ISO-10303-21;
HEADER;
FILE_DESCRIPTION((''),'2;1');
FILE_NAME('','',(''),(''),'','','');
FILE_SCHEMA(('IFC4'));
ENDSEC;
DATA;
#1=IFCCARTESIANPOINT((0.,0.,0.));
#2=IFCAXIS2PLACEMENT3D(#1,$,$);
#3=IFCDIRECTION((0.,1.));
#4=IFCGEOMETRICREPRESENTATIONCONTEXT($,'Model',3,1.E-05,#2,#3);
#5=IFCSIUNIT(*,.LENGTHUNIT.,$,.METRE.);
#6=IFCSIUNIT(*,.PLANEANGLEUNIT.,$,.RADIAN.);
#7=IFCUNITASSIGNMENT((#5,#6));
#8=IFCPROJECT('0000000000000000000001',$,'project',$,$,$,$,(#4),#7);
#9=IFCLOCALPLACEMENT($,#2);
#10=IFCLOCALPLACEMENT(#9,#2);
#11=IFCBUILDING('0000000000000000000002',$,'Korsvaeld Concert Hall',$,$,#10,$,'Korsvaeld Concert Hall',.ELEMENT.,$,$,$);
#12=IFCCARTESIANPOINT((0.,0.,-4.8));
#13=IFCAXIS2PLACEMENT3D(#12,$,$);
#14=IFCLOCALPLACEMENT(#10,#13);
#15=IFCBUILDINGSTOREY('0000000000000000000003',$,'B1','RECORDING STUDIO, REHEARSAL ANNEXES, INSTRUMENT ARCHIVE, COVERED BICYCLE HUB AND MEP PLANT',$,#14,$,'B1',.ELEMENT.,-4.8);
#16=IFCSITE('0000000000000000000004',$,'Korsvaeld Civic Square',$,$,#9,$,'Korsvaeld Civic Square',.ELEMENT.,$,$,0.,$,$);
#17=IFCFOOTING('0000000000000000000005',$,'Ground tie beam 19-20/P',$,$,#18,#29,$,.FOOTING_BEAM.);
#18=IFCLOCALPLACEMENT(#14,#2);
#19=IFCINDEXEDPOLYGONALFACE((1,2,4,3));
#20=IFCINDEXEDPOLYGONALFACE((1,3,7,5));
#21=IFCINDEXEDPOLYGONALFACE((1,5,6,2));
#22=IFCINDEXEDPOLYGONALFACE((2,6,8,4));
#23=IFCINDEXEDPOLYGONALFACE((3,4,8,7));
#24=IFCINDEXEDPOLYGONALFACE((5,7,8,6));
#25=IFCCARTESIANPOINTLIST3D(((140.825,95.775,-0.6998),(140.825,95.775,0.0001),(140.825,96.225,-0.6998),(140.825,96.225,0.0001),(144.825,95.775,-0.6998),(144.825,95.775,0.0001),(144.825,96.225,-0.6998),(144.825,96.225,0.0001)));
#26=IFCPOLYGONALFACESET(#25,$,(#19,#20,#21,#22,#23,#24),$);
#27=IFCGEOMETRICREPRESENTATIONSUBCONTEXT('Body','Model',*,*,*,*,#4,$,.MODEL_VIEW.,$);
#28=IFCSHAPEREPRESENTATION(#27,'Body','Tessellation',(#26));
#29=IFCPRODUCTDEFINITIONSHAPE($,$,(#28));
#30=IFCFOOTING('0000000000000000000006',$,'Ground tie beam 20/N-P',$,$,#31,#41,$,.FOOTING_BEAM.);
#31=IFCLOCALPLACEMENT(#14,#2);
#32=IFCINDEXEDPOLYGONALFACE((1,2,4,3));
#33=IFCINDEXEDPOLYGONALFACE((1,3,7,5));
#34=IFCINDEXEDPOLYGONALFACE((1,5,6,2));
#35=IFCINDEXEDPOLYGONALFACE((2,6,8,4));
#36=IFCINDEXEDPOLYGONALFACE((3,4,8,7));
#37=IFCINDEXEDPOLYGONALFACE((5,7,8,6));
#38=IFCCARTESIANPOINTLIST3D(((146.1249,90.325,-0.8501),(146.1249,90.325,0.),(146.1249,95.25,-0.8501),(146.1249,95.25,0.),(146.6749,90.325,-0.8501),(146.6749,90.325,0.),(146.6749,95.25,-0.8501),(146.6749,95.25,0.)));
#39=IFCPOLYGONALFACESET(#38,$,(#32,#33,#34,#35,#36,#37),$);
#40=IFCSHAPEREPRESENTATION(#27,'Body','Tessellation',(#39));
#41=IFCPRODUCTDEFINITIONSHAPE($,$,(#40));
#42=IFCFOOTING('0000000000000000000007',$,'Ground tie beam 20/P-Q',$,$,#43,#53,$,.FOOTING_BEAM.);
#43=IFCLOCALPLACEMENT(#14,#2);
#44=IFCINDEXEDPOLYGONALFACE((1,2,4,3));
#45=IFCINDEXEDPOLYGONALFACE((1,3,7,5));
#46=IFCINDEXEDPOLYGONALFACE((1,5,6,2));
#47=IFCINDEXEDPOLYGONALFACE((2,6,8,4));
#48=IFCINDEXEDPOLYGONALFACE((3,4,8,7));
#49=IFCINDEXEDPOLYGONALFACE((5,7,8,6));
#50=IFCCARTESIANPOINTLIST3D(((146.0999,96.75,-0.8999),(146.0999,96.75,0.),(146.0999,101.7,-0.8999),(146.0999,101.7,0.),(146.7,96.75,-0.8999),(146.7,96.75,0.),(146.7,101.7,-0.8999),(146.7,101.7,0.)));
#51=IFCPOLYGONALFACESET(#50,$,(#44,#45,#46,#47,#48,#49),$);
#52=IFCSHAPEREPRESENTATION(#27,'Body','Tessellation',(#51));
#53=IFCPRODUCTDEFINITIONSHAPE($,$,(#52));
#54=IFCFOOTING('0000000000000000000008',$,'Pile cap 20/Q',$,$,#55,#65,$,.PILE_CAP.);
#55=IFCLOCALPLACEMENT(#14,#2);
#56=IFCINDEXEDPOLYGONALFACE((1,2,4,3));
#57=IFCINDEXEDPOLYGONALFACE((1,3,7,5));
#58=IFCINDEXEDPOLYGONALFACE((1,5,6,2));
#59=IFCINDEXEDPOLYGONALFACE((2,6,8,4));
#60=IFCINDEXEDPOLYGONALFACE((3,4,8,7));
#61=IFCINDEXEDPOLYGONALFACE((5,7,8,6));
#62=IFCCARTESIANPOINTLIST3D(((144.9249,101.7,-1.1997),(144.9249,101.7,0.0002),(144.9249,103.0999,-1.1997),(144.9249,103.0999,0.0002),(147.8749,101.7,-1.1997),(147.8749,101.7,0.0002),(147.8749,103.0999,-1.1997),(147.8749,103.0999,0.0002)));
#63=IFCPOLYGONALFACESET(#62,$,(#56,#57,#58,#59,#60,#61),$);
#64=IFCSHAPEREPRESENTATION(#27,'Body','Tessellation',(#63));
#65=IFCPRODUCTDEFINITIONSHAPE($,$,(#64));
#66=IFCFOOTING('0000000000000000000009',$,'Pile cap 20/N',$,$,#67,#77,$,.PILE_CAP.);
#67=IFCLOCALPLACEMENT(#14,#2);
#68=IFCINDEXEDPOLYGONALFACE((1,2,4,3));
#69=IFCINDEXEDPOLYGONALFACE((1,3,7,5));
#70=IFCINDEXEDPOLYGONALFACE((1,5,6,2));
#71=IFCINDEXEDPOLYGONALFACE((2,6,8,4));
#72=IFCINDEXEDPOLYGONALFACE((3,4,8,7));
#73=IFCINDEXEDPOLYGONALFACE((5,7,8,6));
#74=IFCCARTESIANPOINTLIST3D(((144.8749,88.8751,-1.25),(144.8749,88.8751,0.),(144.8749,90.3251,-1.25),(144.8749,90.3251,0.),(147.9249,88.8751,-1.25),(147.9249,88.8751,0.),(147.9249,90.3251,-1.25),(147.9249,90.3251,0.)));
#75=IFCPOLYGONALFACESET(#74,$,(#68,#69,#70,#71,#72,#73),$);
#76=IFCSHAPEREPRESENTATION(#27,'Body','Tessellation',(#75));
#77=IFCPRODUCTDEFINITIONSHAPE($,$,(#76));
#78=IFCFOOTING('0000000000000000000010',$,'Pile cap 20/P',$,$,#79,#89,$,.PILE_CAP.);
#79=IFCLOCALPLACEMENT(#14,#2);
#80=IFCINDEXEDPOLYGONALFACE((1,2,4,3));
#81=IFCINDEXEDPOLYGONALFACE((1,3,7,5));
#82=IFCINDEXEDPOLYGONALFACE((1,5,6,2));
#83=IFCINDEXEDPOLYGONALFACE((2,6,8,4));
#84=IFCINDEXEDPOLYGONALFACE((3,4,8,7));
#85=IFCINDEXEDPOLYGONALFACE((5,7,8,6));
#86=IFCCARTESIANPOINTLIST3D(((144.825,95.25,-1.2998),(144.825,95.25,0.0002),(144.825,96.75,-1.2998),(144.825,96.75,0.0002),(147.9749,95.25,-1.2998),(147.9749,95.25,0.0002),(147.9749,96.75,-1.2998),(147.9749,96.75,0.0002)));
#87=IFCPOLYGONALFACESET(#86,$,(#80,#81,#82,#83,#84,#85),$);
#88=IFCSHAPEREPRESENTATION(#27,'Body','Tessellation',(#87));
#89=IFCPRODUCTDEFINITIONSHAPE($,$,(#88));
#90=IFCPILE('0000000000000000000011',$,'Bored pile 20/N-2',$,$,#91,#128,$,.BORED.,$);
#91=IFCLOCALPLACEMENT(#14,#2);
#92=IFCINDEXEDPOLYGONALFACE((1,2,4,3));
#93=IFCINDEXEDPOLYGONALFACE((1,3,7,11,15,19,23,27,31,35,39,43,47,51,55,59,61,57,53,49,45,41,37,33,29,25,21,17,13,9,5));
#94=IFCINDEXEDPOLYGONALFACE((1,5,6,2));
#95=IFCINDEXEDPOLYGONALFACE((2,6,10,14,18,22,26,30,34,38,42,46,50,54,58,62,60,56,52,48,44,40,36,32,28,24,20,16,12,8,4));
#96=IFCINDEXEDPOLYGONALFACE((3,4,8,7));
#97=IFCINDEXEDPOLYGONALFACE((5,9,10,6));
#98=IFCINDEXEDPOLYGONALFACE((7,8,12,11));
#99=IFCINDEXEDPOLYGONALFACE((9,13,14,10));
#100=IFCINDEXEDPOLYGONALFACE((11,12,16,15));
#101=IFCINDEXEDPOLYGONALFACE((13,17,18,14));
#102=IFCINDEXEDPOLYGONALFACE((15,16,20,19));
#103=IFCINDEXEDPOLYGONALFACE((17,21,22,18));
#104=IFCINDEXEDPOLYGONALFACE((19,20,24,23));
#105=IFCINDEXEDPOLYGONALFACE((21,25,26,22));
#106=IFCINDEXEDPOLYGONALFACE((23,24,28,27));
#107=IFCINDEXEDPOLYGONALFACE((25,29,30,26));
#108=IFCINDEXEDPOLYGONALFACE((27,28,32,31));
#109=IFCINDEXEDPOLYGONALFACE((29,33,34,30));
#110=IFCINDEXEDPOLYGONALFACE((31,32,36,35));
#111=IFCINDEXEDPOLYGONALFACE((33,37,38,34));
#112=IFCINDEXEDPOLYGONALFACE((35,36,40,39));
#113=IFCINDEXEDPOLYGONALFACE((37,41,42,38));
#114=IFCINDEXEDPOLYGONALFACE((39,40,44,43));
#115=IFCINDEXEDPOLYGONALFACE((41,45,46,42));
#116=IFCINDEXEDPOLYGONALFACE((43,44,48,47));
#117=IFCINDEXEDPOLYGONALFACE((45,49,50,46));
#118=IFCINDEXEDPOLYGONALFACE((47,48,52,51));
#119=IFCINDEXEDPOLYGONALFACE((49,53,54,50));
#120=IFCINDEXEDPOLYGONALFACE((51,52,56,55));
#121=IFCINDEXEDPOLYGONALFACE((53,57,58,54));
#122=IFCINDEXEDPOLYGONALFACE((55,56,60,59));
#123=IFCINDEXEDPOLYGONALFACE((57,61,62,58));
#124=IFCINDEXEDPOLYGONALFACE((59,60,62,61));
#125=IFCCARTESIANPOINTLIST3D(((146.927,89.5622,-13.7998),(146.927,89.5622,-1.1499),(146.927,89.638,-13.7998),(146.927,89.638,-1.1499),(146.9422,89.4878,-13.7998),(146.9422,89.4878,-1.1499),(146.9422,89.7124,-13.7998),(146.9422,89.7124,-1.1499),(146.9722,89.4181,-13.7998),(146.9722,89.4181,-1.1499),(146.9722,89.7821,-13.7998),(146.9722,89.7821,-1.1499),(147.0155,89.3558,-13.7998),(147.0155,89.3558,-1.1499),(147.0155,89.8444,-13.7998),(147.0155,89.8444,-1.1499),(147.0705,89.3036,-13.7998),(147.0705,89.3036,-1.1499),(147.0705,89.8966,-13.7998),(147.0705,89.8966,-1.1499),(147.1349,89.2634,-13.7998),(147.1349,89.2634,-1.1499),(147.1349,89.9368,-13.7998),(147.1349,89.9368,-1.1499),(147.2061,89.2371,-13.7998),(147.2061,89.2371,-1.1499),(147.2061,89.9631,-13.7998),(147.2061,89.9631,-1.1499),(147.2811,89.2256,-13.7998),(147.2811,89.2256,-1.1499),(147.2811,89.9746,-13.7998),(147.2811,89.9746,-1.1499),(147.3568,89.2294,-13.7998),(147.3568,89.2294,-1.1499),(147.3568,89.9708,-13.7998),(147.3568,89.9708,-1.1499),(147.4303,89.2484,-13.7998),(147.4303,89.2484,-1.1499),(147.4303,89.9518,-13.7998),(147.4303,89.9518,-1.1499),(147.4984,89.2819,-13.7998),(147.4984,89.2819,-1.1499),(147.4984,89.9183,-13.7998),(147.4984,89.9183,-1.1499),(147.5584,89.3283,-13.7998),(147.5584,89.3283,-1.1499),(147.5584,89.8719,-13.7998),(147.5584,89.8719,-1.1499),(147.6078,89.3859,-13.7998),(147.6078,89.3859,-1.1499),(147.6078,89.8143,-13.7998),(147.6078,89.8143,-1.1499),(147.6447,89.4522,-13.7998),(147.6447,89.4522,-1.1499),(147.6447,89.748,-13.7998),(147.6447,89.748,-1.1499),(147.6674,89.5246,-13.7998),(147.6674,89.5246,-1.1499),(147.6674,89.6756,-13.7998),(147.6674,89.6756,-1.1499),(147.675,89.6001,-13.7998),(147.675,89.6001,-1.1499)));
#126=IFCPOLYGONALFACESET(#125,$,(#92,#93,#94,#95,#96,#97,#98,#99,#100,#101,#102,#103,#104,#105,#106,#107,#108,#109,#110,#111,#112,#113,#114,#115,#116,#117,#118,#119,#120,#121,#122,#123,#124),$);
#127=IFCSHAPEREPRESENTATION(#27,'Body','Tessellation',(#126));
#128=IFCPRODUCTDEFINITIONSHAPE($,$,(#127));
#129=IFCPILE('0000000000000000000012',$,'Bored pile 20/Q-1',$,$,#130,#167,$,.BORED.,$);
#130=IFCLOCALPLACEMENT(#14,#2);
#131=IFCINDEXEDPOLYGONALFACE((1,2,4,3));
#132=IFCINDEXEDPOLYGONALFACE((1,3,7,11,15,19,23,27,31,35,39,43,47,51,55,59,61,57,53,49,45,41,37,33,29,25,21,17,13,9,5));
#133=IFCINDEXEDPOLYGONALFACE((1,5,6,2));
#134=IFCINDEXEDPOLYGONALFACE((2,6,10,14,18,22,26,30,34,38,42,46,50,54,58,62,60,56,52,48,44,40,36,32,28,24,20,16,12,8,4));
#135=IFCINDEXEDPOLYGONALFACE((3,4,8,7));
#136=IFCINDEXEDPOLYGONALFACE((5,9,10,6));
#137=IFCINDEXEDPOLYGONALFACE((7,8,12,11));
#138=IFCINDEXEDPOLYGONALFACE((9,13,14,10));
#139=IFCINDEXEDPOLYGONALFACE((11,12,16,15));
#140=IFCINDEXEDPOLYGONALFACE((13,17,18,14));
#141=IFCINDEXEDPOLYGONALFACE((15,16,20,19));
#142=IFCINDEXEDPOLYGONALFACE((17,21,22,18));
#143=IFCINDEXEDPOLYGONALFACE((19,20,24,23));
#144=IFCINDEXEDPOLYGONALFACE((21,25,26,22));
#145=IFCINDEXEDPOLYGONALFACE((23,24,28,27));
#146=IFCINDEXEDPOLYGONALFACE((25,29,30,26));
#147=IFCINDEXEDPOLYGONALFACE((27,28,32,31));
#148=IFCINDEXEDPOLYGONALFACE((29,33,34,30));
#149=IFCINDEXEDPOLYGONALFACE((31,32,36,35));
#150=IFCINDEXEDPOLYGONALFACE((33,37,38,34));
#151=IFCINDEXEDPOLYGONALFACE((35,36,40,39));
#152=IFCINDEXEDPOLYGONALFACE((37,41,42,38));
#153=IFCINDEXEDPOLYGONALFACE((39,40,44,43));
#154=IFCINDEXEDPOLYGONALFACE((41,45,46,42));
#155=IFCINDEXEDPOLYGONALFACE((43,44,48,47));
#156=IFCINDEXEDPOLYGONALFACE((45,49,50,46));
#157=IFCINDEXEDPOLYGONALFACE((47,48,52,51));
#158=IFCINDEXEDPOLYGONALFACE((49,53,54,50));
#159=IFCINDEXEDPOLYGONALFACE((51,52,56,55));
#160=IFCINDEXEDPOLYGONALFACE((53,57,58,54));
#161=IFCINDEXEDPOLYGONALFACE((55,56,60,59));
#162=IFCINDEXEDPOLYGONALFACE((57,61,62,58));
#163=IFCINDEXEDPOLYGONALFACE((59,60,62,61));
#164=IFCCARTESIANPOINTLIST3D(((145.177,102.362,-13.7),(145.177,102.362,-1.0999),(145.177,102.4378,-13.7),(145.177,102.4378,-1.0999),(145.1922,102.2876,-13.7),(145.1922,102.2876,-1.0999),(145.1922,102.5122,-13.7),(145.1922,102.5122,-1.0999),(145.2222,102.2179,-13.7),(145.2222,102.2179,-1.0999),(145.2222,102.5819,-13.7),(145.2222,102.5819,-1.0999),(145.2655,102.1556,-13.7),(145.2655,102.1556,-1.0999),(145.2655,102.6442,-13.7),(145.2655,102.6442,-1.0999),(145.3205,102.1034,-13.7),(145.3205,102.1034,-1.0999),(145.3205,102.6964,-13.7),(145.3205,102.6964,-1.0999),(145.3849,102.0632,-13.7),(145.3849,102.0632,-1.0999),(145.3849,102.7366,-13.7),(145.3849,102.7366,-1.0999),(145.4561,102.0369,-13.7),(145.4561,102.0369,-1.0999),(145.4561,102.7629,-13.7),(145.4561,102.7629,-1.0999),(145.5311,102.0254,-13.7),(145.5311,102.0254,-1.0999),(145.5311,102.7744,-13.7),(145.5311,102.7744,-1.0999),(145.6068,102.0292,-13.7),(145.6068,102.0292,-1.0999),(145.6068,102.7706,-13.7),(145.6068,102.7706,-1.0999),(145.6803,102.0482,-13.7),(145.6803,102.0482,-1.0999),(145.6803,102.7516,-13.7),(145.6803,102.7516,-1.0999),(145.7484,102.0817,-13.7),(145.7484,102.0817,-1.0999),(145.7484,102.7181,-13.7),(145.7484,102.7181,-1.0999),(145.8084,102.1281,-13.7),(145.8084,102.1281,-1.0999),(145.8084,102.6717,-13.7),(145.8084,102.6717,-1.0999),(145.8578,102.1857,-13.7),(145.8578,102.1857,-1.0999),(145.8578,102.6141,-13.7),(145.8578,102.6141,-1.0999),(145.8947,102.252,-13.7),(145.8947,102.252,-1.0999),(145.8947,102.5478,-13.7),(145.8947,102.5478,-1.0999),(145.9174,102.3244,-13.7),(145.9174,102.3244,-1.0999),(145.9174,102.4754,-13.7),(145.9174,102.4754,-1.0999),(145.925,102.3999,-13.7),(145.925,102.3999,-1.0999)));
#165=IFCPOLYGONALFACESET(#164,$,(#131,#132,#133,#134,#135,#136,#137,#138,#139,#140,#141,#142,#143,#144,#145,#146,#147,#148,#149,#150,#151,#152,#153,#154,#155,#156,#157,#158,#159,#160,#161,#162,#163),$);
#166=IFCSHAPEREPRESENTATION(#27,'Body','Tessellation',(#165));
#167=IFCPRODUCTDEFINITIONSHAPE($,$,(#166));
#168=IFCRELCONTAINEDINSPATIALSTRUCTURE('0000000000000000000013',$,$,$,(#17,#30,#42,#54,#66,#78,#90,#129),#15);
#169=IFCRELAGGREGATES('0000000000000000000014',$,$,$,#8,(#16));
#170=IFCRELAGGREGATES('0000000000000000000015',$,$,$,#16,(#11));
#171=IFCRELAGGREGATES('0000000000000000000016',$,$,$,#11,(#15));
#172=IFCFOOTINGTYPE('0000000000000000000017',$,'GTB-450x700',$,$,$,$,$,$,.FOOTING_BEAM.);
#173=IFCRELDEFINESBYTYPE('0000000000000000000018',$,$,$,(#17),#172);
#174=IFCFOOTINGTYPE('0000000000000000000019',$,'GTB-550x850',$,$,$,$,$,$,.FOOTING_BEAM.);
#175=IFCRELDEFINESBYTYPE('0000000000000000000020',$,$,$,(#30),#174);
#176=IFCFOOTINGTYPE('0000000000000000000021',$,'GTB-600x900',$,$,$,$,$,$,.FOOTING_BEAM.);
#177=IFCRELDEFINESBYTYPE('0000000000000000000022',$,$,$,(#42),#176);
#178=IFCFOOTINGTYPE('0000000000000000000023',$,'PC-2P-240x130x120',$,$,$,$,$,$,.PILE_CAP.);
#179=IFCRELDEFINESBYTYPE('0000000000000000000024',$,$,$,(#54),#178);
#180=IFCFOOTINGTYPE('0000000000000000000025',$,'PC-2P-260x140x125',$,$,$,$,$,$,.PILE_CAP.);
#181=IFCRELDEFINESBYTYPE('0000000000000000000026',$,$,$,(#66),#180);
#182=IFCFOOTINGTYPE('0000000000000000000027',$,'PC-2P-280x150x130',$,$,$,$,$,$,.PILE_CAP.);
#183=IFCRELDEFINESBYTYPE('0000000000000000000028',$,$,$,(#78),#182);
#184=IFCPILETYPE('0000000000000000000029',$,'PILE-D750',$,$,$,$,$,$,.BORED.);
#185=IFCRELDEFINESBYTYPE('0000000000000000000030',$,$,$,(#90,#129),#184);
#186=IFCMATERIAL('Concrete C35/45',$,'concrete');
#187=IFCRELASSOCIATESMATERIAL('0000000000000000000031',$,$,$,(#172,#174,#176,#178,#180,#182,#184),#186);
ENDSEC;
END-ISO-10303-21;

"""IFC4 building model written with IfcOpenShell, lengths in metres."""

from ifc_helpers import new_model, si_unit, direction, frame, origin, origin_2d, place, context, subcontext, project, spatial, rectangle, circle, extrude, material, material_profile, profile_set, type_object, element, save


model = new_model("IFC4")

# Units and contexts
model_context = context("Model", 3, precision=1e-05, world=origin(), true_north=direction((0.0, 1.0)))
body_context = subcontext(model_context, "Body", "Model", "MODEL_VIEW")
ifc_project = project(units=[si_unit("LENGTHUNIT", "METRE"), si_unit("PLANEANGLEUNIT", "RADIAN")], contexts=[model_context])

# Site, building, storey
site_placement = place(None, origin())
site = spatial("IfcSite", under=ifc_project, at=site_placement, Name="Korsvaeld Civic Square", LongName="Korsvaeld Civic Square", CompositionType="ELEMENT", RefElevation=0.0)
building_placement = place(site_placement, origin())
building = spatial("IfcBuilding", under=site, at=building_placement, Name="Korsvaeld Concert Hall", LongName="Korsvaeld Concert Hall", CompositionType="ELEMENT")
storey_placement = place(building_placement, frame((0.0, 0.0, -4.8)))
storey = spatial("IfcBuildingStorey", under=building, at=storey_placement, Name="B1", Description="RECORDING STUDIO, REHEARSAL ANNEXES, INSTRUMENT ARCHIVE, COVERED BICYCLE HUB AND MEP PLANT", LongName="B1", CompositionType="ELEMENT", Elevation=-4.8)

# Footings
ifc_material_1 = material(Name="Concrete C35/45", Category="concrete")
ifc_material_profile_1 = material_profile(ifc_material_1, rectangle(XDim=0.45, YDim=0.7, at=origin_2d()), Name="GTB 450x700")
ifc_profile_set_1 = profile_set([ifc_material_profile_1], Name="Concrete C35/45")
footing_type_1 = type_object("IfcFootingType", Name="GTB-450x700", PredefinedType="FOOTING_BEAM", material=ifc_profile_set_1)
footing_1_placement = place(storey_placement, frame((140.825, 96.0, -0.3499), z_axis=(1.0, 0.0, 0.0), x_axis=(0.0, 1.0, 0.0)))
element("IfcFooting", 1, at=footing_1_placement, inside=storey, type_object=footing_type_1, Name="Ground tie beam 19-20/P", PredefinedType="FOOTING_BEAM", context=body_context, shape_type="SweptSolid", body=[
    extrude(rectangle(XDim=0.45, YDim=0.7, at=origin_2d()), origin(), (0.0, 0.0, 1.0), 4.0),
])
ifc_material_profile_2 = material_profile(ifc_material_1, rectangle(XDim=0.55, YDim=0.8501, at=origin_2d()), Name="GTB 550x850")
ifc_profile_set_2 = profile_set([ifc_material_profile_2], Name="Concrete C35/45")
footing_type_2 = type_object("IfcFootingType", Name="GTB-550x850", PredefinedType="FOOTING_BEAM", material=ifc_profile_set_2)
footing_2_placement = place(storey_placement, frame((146.3999, 90.325, -0.425), z_axis=(0.0, 1.0, 0.0), x_axis=(-1.0, 0.0, 0.0)))
element("IfcFooting", 2, at=footing_2_placement, inside=storey, type_object=footing_type_2, Name="Ground tie beam 20/N-P", PredefinedType="FOOTING_BEAM", context=body_context, shape_type="SweptSolid", body=[
    extrude(rectangle(XDim=0.55, YDim=0.8501, at=origin_2d()), origin(), (0.0, 0.0, 1.0), 4.925),
])
ifc_material_profile_3 = material_profile(ifc_material_1, rectangle(XDim=0.6001, YDim=0.8999, at=origin_2d()), Name="GTB 600x900")
ifc_profile_set_3 = profile_set([ifc_material_profile_3], Name="Concrete C35/45")
footing_type_3 = type_object("IfcFootingType", Name="GTB-600x900", PredefinedType="FOOTING_BEAM", material=ifc_profile_set_3)
footing_3_placement = place(storey_placement, frame((146.3999, 96.75, -0.45), z_axis=(0.0, 1.0, 0.0), x_axis=(-1.0, 0.0, 0.0)))
element("IfcFooting", 3, at=footing_3_placement, inside=storey, type_object=footing_type_3, Name="Ground tie beam 20/P-Q", PredefinedType="FOOTING_BEAM", context=body_context, shape_type="SweptSolid", body=[
    extrude(rectangle(XDim=0.6001, YDim=0.8999, at=origin_2d()), origin(), (0.0, 0.0, 1.0), 4.95),
])
footing_type_4 = type_object("IfcFootingType", Name="PC-2P-240x130x120", PredefinedType="PILE_CAP", material=ifc_material_1)
footing_4_placement = place(storey_placement, frame((146.3999, 102.3999, -1.1997), z_axis=(0.0, 0.0, 1.0), x_axis=(1.0, 0.0, 0.0)))
element("IfcFooting", 4, at=footing_4_placement, inside=storey, type_object=footing_type_4, Name="Pile cap 20/Q", PredefinedType="PILE_CAP", context=body_context, shape_type="SweptSolid", body=[
    extrude(rectangle(XDim=2.95, YDim=1.3999, at=origin_2d()), origin(), (0.0, 0.0, 1.0), 1.2),
])
footing_type_5 = type_object("IfcFootingType", Name="PC-2P-260x140x125", PredefinedType="PILE_CAP", material=ifc_material_1)
footing_5_placement = place(storey_placement, frame((146.3999, 89.6001, -1.25), z_axis=(0.0, 0.0, 1.0), x_axis=(1.0, 0.0, 0.0)))
element("IfcFooting", 5, at=footing_5_placement, inside=storey, type_object=footing_type_5, Name="Pile cap 20/N", PredefinedType="PILE_CAP", context=body_context, shape_type="SweptSolid", body=[
    extrude(rectangle(XDim=3.05, YDim=1.45, at=origin_2d()), origin(), (0.0, 0.0, 1.0), 1.25),
])
footing_type_6 = type_object("IfcFootingType", Name="PC-2P-280x150x130", PredefinedType="PILE_CAP", material=ifc_material_1)
footing_6_placement = place(storey_placement, frame((146.3999, 96.0, -1.2998), z_axis=(0.0, 0.0, 1.0), x_axis=(1.0, 0.0, 0.0)))
element("IfcFooting", 6, at=footing_6_placement, inside=storey, type_object=footing_type_6, Name="Pile cap 20/P", PredefinedType="PILE_CAP", context=body_context, shape_type="SweptSolid", body=[
    extrude(rectangle(XDim=3.1499, YDim=1.5, at=origin_2d()), origin(), (0.0, 0.0, 1.0), 1.3),
])

# Piles
ifc_material_profile_4 = material_profile(ifc_material_1, circle(Radius=0.375, at=origin_2d()), Name="BORED PILE D750")
ifc_profile_set_4 = profile_set([ifc_material_profile_4], Name="Concrete C35/45")
pile_type_1 = type_object("IfcPileType", Name="PILE-D750", PredefinedType="BORED", material=ifc_profile_set_4)
pile_1_placement = place(storey_placement, frame((147.3, 89.6001, -1.1499), z_axis=(0.0, 0.0, -1.0), x_axis=(1.0, 0.0, 0.0)))
element("IfcPile", 7, at=pile_1_placement, inside=storey, type_object=pile_type_1, Name="Bored pile 20/N-2", PredefinedType="BORED", context=body_context, shape_type="SweptSolid", body=[
    extrude(circle(Radius=0.375, at=origin_2d()), origin(), (0.0, 0.0, 1.0), 12.6499),
])
pile_2_placement = place(storey_placement, frame((145.55, 102.3999, -1.0999), z_axis=(0.0, 0.0, -1.0), x_axis=(1.0, 0.0, 0.0)))
element("IfcPile", 8, at=pile_2_placement, inside=storey, type_object=pile_type_1, Name="Bored pile 20/Q-1", PredefinedType="BORED", context=body_context, shape_type="SweptSolid", body=[
    extrude(circle(Radius=0.375, at=origin_2d()), origin(), (0.0, 0.0, 1.0), 12.6001),
])

save(model, "model.ifc")
